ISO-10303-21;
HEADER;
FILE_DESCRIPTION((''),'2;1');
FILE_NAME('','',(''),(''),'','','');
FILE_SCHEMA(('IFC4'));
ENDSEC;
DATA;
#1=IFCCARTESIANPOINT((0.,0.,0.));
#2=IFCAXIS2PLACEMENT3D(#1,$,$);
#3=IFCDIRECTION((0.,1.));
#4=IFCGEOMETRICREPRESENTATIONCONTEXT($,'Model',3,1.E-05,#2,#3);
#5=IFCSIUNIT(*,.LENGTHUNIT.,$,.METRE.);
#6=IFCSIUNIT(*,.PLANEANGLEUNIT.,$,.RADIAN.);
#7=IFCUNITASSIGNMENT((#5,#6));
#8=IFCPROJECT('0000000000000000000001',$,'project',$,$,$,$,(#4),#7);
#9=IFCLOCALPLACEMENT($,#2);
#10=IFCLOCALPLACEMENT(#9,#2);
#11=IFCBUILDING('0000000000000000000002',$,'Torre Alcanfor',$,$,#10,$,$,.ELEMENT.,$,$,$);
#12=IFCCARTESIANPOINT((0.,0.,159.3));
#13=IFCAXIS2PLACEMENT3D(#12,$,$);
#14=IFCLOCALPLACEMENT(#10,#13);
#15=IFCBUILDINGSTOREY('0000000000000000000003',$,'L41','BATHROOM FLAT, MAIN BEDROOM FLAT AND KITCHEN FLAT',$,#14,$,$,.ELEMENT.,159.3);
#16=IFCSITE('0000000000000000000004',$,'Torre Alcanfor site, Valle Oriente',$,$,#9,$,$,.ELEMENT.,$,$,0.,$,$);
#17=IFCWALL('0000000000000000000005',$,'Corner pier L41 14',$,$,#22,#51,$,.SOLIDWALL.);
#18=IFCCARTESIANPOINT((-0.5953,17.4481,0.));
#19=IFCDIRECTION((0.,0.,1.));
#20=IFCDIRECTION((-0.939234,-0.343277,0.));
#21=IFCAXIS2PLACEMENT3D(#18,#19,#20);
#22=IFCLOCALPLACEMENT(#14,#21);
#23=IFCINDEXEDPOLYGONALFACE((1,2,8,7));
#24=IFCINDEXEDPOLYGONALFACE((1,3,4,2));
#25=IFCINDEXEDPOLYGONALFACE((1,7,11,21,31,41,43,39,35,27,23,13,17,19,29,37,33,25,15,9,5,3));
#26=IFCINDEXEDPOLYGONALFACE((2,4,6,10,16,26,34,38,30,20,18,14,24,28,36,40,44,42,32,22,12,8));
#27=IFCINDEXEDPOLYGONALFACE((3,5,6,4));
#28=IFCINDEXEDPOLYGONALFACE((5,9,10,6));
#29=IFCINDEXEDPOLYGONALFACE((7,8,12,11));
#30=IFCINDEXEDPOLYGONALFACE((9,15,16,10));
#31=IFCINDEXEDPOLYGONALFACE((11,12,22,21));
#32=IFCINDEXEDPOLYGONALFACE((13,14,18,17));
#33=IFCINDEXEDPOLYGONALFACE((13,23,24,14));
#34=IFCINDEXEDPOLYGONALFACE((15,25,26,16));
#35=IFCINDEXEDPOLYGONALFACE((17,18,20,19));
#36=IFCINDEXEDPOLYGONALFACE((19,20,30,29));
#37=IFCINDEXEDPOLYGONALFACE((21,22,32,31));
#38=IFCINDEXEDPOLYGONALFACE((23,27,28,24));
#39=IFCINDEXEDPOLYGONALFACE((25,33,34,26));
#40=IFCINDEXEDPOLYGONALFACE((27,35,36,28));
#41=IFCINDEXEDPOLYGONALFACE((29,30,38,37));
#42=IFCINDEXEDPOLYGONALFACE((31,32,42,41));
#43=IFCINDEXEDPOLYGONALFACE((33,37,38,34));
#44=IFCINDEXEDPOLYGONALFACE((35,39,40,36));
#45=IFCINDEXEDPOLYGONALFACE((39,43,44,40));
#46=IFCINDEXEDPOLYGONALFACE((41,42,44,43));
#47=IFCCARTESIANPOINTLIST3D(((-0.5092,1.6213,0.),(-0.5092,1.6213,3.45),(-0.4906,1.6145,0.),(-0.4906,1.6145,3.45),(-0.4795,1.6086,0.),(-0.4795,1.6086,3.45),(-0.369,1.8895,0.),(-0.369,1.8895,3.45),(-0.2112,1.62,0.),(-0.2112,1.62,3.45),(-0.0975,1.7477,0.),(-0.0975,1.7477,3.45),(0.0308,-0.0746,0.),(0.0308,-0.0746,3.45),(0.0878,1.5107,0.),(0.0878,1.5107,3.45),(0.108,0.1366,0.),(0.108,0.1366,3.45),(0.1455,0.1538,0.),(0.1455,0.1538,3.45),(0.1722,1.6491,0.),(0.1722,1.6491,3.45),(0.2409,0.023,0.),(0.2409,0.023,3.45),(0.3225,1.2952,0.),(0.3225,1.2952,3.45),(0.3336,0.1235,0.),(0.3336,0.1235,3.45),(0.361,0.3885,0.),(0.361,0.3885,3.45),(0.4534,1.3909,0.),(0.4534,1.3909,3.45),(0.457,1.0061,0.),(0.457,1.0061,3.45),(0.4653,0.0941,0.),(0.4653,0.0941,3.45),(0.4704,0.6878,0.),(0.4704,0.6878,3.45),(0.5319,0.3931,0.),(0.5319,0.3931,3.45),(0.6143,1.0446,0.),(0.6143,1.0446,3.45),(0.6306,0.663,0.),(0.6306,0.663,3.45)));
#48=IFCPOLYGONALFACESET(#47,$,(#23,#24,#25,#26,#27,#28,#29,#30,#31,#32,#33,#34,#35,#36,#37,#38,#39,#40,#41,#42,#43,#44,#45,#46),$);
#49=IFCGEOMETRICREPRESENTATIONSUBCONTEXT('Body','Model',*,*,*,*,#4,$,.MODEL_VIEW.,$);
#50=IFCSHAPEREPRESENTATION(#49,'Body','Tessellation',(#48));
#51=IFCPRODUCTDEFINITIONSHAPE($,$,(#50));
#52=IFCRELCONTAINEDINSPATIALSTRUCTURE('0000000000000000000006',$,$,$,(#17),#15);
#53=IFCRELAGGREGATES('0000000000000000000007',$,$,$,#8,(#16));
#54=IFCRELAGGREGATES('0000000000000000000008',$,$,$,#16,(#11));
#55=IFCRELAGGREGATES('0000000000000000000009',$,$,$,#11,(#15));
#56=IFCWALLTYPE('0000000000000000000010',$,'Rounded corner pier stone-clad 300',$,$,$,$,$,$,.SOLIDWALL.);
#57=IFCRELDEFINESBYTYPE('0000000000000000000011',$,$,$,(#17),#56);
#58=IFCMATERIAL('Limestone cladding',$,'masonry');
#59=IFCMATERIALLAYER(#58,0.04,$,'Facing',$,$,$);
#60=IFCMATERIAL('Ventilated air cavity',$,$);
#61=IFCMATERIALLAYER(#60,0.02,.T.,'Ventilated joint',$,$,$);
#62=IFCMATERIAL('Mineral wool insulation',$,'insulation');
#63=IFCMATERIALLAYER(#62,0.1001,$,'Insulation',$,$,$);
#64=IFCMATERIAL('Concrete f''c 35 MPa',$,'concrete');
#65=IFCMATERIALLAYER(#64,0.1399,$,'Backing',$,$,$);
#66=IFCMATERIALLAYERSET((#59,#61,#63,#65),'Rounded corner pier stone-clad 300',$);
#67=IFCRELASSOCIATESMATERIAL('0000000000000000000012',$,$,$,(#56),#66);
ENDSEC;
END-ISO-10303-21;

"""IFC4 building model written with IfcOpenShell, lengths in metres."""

from ifc_helpers import new_model, si_unit, direction, frame, origin, place, context, subcontext, project, spatial, polyline, outline, extrude, material, layer, layer_set, type_object, element, save


model = new_model("IFC4")

# Units and contexts
model_context = context("Model", 3, precision=1e-05, world=origin(), true_north=direction((0.0, 1.0)))
body_context = subcontext(model_context, "Body", "Model", "MODEL_VIEW")
ifc_project = project(units=[si_unit("LENGTHUNIT", "METRE"), si_unit("PLANEANGLEUNIT", "RADIAN")], contexts=[model_context])

# Site, building, storey
site_placement = place(None, origin())
site = spatial("IfcSite", under=ifc_project, at=site_placement, Name="Torre Alcanfor site, Valle Oriente", CompositionType="ELEMENT", RefElevation=0.0)
building_placement = place(site_placement, origin())
building = spatial("IfcBuilding", under=site, at=building_placement, Name="Torre Alcanfor", CompositionType="ELEMENT")
storey_placement = place(building_placement, frame((0.0, 0.0, 159.3)))
storey = spatial("IfcBuildingStorey", under=building, at=storey_placement, Name="L41", Description="BATHROOM FLAT, MAIN BEDROOM FLAT AND KITCHEN FLAT", CompositionType="ELEMENT", Elevation=159.3)

# Shared definitions
ifc_material_1 = material(Name="Limestone cladding", Category="masonry")
ifc_material_2 = material(Name="Ventilated air cavity")
ifc_material_3 = material(Name="Mineral wool insulation", Category="insulation")
ifc_material_4 = material(Name="Concrete f'c 35 MPa", Category="concrete")

# Wall
ifc_layer_1 = layer(ifc_material_1, 0.04, Name="Facing")
ifc_layer_2 = layer(ifc_material_2, 0.02, ventilated=True, Name="Ventilated joint")
ifc_layer_3 = layer(ifc_material_3, 0.1001, Name="Insulation")
ifc_layer_4 = layer(ifc_material_4, 0.1399, Name="Backing")
ifc_layer_set_1 = layer_set([ifc_layer_1, ifc_layer_2, ifc_layer_3, ifc_layer_4], Name="Rounded corner pier stone-clad 300")
wall_type_1 = type_object("IfcWallType", Name="Rounded corner pier stone-clad 300", PredefinedType="SOLIDWALL", material=ifc_layer_set_1)
wall_1_placement = place(storey_placement, frame((-0.5953, 17.4481, 0.0), z_axis=(0.0, 0.0, 1.0), x_axis=(-0.939234, -0.343277, 0.0)))
element("IfcWall", 1, at=wall_1_placement, inside=storey, type_object=wall_type_1, Name="Corner pier L41 14", PredefinedType="SOLIDWALL", context=body_context, shape_type="SweptSolid", body=[
    extrude(outline(polyline([(-0.369, 1.8895), (-0.5092, 1.6213), (-0.4906, 1.6145), (-0.4795, 1.6086), (-0.2112, 1.62), (0.0878, 1.5107), (0.3225, 1.2952), (0.457, 1.0061), (0.4704, 0.6878), (0.361, 0.3885), (0.1455, 0.1538), (0.108, 0.1366), (0.0308, -0.0746), (0.2409, 0.023), (0.3336, 0.1235), (0.4653, 0.0941), (0.5319, 0.3931), (0.6306, 0.663), (0.6143, 1.0446), (0.4534, 1.3909), (0.1722, 1.6491), (-0.0975, 1.7477), (-0.369, 1.8895)])), origin(), (0.0, 0.0, 1.0), 3.45),
])

save(model, "model.ifc")
